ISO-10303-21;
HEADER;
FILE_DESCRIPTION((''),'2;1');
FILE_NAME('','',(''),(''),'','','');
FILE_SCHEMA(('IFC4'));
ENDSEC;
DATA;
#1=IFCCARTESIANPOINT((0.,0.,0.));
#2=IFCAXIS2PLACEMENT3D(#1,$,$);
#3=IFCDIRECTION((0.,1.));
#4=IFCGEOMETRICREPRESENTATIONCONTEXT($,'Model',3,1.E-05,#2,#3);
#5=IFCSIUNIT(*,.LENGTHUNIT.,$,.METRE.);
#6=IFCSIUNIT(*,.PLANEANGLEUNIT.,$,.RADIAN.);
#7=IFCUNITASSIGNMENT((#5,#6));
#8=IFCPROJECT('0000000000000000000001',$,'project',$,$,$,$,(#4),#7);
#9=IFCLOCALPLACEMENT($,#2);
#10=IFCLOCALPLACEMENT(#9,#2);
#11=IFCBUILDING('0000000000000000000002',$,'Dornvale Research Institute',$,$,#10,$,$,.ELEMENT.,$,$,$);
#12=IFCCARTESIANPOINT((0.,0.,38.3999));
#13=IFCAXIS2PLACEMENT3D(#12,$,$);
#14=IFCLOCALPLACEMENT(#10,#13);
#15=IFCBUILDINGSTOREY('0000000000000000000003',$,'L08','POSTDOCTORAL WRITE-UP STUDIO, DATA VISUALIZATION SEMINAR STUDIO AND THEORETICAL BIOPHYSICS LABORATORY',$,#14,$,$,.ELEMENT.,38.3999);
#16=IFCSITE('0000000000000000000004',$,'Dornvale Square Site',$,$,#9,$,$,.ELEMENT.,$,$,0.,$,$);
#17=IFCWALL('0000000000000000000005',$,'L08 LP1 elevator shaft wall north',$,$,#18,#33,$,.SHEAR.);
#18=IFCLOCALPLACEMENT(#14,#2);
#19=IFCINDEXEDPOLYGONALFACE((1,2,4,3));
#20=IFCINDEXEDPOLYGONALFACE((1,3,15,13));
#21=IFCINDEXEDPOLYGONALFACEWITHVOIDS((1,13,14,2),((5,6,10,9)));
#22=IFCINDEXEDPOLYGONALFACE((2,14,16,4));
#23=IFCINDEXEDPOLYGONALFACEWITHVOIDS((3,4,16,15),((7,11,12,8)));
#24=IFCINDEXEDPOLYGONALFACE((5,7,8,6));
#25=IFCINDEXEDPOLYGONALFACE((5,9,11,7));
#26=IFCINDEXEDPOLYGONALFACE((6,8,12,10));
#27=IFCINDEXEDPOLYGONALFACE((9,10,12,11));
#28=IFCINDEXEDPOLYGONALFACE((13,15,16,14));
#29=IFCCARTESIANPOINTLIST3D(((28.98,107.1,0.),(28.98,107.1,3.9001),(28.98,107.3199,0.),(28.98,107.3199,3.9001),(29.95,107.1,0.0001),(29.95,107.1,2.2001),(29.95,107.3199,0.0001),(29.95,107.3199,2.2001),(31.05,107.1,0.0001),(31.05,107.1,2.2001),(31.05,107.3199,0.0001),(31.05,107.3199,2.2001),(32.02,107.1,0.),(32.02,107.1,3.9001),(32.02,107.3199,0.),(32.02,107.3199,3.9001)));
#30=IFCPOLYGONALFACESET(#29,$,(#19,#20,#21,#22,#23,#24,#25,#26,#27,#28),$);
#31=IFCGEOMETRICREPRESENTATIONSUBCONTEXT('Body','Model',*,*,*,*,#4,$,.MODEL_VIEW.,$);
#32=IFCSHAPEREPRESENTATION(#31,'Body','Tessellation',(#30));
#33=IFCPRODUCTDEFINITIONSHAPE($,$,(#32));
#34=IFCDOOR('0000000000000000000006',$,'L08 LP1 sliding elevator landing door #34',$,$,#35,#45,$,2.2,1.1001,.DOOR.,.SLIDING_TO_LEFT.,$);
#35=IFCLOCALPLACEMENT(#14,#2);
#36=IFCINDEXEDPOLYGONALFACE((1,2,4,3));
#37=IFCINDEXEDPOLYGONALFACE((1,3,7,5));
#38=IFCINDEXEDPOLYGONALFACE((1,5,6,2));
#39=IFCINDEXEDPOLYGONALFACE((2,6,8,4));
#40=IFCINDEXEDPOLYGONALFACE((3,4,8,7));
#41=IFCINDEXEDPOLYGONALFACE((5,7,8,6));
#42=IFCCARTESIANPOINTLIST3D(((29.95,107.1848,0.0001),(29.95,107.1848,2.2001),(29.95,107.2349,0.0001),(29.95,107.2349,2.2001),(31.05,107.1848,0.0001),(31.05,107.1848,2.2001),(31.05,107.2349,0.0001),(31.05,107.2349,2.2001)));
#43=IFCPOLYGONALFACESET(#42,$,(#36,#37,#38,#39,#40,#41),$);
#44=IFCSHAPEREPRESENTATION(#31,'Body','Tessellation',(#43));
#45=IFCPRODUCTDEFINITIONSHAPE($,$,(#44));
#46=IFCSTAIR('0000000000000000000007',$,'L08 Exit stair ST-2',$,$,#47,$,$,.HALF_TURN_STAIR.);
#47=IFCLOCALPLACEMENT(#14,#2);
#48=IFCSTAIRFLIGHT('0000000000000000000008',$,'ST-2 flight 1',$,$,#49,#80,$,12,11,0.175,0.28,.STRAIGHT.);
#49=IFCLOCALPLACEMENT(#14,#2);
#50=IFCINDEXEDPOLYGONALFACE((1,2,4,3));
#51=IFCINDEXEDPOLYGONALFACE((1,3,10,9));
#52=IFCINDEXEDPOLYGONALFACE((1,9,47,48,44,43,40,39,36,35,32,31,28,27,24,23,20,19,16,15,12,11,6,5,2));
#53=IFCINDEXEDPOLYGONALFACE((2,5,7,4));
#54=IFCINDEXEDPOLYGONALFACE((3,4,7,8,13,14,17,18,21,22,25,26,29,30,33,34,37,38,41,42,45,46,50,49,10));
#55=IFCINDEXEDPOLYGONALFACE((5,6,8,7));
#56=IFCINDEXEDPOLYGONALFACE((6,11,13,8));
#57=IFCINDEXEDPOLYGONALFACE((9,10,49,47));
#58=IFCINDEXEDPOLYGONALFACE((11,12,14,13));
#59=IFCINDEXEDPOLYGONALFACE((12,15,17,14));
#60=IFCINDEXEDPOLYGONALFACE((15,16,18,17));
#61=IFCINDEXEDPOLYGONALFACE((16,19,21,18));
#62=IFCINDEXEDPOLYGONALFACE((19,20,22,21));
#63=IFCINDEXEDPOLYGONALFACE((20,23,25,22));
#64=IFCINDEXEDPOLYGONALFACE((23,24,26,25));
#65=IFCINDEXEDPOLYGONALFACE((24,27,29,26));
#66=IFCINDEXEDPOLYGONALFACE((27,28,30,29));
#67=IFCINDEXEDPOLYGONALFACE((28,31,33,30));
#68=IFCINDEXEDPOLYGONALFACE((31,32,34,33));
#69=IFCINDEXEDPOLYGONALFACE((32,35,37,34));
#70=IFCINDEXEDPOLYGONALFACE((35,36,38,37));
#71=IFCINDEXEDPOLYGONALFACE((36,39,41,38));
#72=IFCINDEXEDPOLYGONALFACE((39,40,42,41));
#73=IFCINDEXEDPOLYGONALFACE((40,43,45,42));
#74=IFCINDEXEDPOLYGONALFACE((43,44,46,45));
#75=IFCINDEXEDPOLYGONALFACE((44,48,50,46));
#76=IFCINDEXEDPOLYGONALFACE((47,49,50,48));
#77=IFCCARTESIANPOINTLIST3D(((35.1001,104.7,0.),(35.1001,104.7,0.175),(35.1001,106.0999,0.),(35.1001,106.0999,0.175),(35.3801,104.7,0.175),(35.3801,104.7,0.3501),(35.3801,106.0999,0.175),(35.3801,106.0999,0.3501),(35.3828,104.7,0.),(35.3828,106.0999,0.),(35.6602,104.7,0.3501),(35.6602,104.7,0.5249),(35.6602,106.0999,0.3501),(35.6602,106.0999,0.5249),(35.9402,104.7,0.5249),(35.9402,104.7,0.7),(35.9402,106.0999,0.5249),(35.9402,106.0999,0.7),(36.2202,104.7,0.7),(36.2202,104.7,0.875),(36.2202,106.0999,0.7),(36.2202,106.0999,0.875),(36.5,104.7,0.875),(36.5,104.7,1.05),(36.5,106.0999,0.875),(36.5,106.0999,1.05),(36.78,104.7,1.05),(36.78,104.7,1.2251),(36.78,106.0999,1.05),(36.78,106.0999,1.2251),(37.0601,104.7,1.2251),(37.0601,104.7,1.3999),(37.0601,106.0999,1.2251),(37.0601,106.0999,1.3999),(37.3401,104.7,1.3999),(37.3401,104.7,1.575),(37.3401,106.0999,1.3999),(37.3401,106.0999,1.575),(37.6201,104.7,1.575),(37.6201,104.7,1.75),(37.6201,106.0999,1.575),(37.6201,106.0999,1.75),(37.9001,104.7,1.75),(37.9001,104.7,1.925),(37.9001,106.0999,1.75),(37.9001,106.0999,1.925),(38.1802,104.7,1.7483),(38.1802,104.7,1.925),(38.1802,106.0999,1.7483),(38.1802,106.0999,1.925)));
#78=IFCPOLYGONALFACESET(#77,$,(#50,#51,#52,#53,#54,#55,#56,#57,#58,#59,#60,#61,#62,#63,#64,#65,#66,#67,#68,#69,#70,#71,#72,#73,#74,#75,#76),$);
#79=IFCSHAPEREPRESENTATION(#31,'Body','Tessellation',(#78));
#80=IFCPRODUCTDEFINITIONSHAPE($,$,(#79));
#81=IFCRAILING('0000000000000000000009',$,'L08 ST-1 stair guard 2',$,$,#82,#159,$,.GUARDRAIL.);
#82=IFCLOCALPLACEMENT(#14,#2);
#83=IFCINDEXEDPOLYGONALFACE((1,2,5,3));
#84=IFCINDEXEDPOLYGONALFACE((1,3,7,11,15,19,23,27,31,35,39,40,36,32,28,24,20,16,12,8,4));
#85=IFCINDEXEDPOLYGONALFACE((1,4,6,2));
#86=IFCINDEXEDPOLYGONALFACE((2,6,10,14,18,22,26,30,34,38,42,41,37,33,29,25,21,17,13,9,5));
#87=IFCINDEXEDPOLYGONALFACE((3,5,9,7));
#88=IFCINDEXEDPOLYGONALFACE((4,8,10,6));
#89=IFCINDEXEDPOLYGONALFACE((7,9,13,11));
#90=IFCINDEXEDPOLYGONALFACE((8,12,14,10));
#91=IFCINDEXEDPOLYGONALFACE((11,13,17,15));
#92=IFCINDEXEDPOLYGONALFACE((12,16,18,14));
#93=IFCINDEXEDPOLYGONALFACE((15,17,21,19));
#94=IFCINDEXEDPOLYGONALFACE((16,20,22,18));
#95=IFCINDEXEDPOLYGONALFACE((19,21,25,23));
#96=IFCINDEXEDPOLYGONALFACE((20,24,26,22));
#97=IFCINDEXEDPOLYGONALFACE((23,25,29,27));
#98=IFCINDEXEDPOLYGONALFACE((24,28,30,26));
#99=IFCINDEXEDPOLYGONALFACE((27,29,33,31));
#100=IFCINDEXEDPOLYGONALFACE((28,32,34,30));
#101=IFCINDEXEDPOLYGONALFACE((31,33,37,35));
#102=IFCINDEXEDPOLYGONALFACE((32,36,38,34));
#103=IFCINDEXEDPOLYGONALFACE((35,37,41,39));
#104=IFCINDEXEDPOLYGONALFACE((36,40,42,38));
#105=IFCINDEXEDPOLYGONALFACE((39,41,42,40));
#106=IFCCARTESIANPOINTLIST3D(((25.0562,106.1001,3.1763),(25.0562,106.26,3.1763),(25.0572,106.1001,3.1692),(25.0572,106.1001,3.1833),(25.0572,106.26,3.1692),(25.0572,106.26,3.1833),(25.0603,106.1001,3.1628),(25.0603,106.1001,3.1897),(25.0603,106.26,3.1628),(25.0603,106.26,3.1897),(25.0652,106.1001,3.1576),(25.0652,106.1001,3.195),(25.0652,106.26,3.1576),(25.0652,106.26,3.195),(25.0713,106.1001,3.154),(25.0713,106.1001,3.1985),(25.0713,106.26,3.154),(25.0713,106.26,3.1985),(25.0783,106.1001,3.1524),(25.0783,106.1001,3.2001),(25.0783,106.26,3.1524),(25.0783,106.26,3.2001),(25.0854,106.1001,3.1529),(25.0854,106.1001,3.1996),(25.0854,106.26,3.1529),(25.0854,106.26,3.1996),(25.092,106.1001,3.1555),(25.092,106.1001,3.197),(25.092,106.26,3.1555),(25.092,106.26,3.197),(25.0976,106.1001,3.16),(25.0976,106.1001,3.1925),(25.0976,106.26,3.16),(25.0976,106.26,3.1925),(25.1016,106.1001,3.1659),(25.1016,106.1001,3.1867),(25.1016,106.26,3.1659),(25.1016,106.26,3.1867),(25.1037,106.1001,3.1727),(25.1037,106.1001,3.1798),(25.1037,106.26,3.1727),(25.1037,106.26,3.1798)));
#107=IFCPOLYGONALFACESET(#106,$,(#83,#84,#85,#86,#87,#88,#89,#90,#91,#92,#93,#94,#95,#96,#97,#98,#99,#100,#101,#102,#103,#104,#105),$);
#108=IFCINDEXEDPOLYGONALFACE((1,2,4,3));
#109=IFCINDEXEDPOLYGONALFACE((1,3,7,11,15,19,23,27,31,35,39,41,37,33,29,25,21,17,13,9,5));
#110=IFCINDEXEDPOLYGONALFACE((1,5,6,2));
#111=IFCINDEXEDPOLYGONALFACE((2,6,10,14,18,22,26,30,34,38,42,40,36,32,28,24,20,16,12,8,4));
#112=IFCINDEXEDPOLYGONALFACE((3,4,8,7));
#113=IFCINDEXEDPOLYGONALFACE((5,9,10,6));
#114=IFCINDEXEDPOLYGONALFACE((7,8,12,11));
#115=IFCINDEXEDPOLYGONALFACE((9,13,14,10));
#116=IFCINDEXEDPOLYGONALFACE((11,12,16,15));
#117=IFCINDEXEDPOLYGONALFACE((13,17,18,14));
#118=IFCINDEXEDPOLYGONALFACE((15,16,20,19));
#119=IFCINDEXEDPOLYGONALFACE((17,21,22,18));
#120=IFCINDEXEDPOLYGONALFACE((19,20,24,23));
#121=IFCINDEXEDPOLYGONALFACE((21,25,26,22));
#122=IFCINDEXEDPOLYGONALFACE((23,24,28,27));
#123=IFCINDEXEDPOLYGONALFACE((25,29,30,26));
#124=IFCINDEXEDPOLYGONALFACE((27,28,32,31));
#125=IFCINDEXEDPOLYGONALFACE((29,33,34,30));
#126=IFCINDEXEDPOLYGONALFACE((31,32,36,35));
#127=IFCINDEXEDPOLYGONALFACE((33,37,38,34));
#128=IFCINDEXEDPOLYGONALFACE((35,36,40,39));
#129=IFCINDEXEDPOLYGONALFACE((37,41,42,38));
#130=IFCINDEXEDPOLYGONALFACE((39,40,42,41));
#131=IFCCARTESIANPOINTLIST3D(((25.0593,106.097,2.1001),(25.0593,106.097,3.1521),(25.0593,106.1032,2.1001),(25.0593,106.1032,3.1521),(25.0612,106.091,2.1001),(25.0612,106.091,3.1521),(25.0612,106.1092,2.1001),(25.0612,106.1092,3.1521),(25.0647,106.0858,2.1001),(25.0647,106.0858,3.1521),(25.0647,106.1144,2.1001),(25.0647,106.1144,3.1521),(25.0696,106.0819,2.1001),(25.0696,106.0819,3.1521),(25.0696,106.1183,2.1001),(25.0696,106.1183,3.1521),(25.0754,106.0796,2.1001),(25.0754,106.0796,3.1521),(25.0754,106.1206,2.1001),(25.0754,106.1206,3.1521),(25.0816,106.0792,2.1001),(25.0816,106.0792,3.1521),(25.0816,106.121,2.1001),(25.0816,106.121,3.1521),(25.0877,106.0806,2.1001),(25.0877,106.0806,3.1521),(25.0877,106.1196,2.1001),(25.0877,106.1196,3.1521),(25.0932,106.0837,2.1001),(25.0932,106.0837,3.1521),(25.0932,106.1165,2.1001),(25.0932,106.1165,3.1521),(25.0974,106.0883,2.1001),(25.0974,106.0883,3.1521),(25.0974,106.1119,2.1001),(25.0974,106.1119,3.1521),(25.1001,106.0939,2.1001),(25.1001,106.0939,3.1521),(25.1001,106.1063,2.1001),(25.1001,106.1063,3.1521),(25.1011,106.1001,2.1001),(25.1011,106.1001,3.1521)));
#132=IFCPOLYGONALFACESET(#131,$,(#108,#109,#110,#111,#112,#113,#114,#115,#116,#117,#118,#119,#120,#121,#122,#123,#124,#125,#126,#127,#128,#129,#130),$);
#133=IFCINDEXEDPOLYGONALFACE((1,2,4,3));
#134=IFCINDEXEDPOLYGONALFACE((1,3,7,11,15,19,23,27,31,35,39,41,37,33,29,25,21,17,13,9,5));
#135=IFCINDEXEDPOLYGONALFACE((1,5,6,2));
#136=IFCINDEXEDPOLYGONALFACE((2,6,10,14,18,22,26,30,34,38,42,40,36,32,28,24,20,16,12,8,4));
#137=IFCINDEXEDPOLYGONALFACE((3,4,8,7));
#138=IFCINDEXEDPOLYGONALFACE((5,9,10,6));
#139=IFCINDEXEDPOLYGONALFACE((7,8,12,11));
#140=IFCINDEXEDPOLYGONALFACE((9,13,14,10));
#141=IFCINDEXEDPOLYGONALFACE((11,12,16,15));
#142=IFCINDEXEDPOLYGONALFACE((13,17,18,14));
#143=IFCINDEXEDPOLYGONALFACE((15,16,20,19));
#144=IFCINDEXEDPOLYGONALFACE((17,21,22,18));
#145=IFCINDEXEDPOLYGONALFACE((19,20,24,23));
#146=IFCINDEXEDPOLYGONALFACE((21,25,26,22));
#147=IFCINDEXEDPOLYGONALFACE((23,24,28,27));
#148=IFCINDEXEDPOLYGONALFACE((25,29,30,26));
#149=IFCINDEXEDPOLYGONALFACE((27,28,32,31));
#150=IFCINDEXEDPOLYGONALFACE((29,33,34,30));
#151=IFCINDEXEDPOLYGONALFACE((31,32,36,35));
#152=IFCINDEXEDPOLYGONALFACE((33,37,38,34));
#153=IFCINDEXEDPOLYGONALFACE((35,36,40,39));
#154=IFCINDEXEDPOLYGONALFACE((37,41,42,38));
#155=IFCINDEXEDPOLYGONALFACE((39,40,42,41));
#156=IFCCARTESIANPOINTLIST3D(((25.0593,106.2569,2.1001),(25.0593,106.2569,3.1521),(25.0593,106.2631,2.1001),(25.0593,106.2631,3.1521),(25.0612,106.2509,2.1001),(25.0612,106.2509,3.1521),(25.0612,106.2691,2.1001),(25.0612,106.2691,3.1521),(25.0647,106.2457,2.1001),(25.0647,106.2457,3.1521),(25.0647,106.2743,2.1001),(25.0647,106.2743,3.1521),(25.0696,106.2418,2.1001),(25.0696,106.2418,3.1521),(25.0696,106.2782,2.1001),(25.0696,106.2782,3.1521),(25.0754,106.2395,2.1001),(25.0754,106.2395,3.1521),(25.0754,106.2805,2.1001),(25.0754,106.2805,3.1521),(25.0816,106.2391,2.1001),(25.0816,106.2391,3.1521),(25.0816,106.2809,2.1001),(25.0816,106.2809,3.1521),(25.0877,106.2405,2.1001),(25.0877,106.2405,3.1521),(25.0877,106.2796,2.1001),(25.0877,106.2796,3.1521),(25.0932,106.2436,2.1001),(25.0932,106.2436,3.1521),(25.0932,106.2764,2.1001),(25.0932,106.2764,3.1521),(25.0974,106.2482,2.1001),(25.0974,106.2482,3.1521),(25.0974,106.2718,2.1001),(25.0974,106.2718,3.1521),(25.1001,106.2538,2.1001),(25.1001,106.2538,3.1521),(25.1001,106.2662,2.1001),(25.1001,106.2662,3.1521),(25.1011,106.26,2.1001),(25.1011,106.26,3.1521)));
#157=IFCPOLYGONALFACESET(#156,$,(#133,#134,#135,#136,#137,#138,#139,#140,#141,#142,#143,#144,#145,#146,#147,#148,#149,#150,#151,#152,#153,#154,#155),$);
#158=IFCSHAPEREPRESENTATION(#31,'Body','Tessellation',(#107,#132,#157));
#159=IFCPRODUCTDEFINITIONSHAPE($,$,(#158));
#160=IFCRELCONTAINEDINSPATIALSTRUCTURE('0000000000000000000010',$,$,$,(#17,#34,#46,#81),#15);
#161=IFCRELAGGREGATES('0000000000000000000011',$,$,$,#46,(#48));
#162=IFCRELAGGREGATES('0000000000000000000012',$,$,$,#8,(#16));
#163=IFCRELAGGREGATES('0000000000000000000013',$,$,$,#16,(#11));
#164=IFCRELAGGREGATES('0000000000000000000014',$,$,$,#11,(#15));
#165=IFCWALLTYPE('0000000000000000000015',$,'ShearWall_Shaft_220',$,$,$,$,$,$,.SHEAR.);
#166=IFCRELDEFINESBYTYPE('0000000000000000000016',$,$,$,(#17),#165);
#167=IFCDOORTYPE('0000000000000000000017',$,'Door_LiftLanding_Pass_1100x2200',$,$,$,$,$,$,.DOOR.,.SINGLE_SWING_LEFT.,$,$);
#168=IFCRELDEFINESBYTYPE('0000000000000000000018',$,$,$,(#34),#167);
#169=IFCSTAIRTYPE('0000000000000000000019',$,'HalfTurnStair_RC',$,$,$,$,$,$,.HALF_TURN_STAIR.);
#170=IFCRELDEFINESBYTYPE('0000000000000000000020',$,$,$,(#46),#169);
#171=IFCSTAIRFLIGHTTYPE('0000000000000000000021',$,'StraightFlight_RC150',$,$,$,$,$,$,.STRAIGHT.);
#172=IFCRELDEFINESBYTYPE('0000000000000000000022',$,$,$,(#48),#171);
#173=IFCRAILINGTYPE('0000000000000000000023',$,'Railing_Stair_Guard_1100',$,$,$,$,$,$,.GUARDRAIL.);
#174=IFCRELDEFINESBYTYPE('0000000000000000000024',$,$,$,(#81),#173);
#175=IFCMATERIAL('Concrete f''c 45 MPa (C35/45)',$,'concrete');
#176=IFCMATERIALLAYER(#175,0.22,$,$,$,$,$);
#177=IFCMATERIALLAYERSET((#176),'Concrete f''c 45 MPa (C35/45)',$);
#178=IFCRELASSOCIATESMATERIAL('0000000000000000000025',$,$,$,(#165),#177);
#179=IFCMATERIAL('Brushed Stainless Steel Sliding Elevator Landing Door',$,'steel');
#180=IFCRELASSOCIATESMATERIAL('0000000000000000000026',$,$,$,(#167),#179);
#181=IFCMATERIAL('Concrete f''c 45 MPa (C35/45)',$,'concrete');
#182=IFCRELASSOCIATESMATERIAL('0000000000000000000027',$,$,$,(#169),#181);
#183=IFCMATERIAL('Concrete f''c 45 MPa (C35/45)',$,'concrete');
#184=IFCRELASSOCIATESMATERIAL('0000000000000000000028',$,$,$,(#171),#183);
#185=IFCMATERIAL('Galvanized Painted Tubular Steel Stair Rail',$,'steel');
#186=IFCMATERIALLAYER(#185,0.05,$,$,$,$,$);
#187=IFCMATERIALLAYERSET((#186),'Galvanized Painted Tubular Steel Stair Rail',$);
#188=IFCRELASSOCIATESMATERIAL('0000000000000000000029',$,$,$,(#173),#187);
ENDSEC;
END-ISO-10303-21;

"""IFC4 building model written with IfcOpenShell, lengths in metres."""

from ifc_helpers import new_model, si_unit, direction, frame, frame_2d, origin, origin_2d, place, context, subcontext, project, spatial, polyline, rectangle, circle, outline, extrude, material, layer, layer_set, type_object, element, fill, aggregate, save


model = new_model("IFC4")

# Units and contexts
model_context = context("Model", 3, precision=1e-05, world=origin(), true_north=direction((0.0, 1.0)))
body_context = subcontext(model_context, "Body", "Model", "MODEL_VIEW")
ifc_project = project(units=[si_unit("LENGTHUNIT", "METRE"), si_unit("PLANEANGLEUNIT", "RADIAN")], contexts=[model_context])

# Site, building, storey
site_placement = place(None, origin())
site = spatial("IfcSite", under=ifc_project, at=site_placement, Name="Dornvale Square Site", CompositionType="ELEMENT", RefElevation=0.0)
building_placement = place(site_placement, origin())
building = spatial("IfcBuilding", under=site, at=building_placement, Name="Dornvale Research Institute", CompositionType="ELEMENT")
storey_placement = place(building_placement, frame((0.0, 0.0, 38.3999)))
storey = spatial("IfcBuildingStorey", under=building, at=storey_placement, Name="L08", Description="POSTDOCTORAL WRITE-UP STUDIO, DATA VISUALIZATION SEMINAR STUDIO AND THEORETICAL BIOPHYSICS LABORATORY", CompositionType="ELEMENT", Elevation=38.3999)

# Wall, opening, door
ifc_material_1 = material(Name="Concrete f'c 45 MPa (C35/45)", Category="concrete")
ifc_layer_1 = layer(ifc_material_1, 0.22)
ifc_layer_set_1 = layer_set([ifc_layer_1], Name="Concrete f'c 45 MPa (C35/45)")
wall_type_1 = type_object("IfcWallType", Name="ShearWall_Shaft_220", PredefinedType="SHEAR", material=ifc_layer_set_1)
wall_1_placement = place(storey_placement, frame((28.98, 107.21, 0.0), z_axis=(0.0, 0.0, 1.0), x_axis=(1.0, 0.0, 0.0)))
wall_1 = element("IfcWall", 1, at=wall_1_placement, inside=storey, type_object=wall_type_1, Name="L08 LP1 elevator shaft wall north", PredefinedType="SHEAR", context=body_context, shape_type="SweptSolid", body=[
    extrude(rectangle(XDim=3.04, YDim=0.22, at=frame_2d((1.52, 0.0))), origin(), (0.0, 0.0, 1.0), 3.9001),
])
opening_1_placement = place(wall_1_placement, frame((0.97, 0.0, 0.0)))
opening_1 = element("IfcOpeningElement", 2, at=opening_1_placement, cuts=wall_1, PredefinedType="OPENING", context=body_context, shape_type="SweptSolid", body=[
    extrude(rectangle(XDim=1.1001, YDim=2.2, at=frame_2d((0.55, 1.1001))), frame((0.0, 0.125, 0.0), z_axis=(0.0, -1.0, 0.0), x_axis=(1.0, 0.0, 0.0)), (0.0, 0.0, 1.0), 0.25),
])
ifc_material_2 = material(Name="Brushed Stainless Steel Sliding Elevator Landing Door", Category="steel")
door_type_1 = type_object("IfcDoorType", Name="Door_LiftLanding_Pass_1100x2200", OperationType="SINGLE_SWING_LEFT", PredefinedType="DOOR", material=ifc_material_2)
door_1_placement = place(opening_1_placement, origin())
door_1 = element("IfcDoor", 3, at=door_1_placement, inside=storey, type_object=door_type_1, Name="L08 LP1 sliding elevator landing door #34", OperationType="SLIDING_TO_LEFT", OverallHeight=2.2, OverallWidth=1.1001, PredefinedType="DOOR", context=body_context, shape_type="SweptSolid", body=[
    extrude(rectangle(XDim=1.1001, YDim=2.2, at=frame_2d((0.55, 1.1001))), frame((0.0, 0.0249, 0.0), z_axis=(0.0, -1.0, 0.0), x_axis=(1.0, 0.0, 0.0)), (0.0, 0.0, 1.0), 0.05),
])
fill(opening_1, door_1)

# Stair, stair flight
ifc_material_3 = material(Name="Concrete f'c 45 MPa (C35/45)", Category="concrete")
stair_type = type_object("IfcStairType", Name="HalfTurnStair_RC", PredefinedType="HALF_TURN_STAIR", material=ifc_material_3)
stair_placement = place(storey_placement, origin())
stair = element("IfcStair", 4, at=stair_placement, inside=storey, type_object=stair_type, Name="L08 Exit stair ST-2", PredefinedType="HALF_TURN_STAIR")
ifc_material_4 = material(Name="Concrete f'c 45 MPa (C35/45)", Category="concrete")
stair_flight_type = type_object("IfcStairFlightType", Name="StraightFlight_RC150", PredefinedType="STRAIGHT", material=ifc_material_4)
stair_flight_placement = place(storey_placement, frame((35.1001, 105.3999, 0.0), z_axis=(0.0, 0.0, 1.0), x_axis=(1.0, 0.0, 0.0)))
stair_flight = element("IfcStairFlight", 5, at=stair_flight_placement, type_object=stair_flight_type, Name="ST-2 flight 1", NumberOfRisers=12, NumberOfTreads=11, PredefinedType="STRAIGHT", RiserHeight=0.175, TreadLength=0.28, context=body_context, shape_type="SweptSolid", body=[
    extrude(outline(polyline([(0.0, 0.0), (0.0, 0.175), (0.28, 0.175), (0.28, 0.3501), (0.5601, 0.3501), (0.5601, 0.5249), (0.8401, 0.5249), (0.8401, 0.7), (1.1201, 0.7), (1.1201, 0.875), (1.3999, 0.875), (1.3999, 1.05), (1.6799, 1.05), (1.6799, 1.2251), (1.96, 1.2251), (1.96, 1.3999), (2.24, 1.3999), (2.24, 1.575), (2.52, 1.575), (2.52, 1.75), (2.8, 1.75), (2.8, 1.925), (3.0801, 1.925), (3.0801, 2.1001), (3.0801, 1.7483), (0.2827, 0.0), (0.0, 0.0)])), frame((0.0, 0.7, 0.0), z_axis=(0.0, -1.0, 0.0), x_axis=(1.0, 0.0, 0.0)), (0.0, 0.0, 1.0), 1.3999),
])
aggregate(stair, [stair_flight])

# Railing
ifc_material_5 = material(Name="Galvanized Painted Tubular Steel Stair Rail", Category="steel")
ifc_layer_2 = layer(ifc_material_5, 0.05)
ifc_layer_set_2 = layer_set([ifc_layer_2], Name="Galvanized Painted Tubular Steel Stair Rail")
railing_type = type_object("IfcRailingType", Name="Railing_Stair_Guard_1100", PredefinedType="GUARDRAIL", material=ifc_layer_set_2)
railing_1_placement = place(storey_placement, frame((25.0801, 106.1001, 2.1001)))
element("IfcRailing", 6, at=railing_1_placement, inside=storey, type_object=railing_type, Name="L08 ST-1 stair guard 2", PredefinedType="GUARDRAIL", context=body_context, shape_type="SweptSolid", body=[
    extrude(circle(Radius=0.0239, at=origin_2d()), frame((0.0, 0.0, 1.0762), z_axis=(0.0, 1.0, 0.0), x_axis=(-1.0, 0.0, 0.0)), (0.0, 0.0, 1.0), 0.1599),
    extrude(circle(Radius=0.021, at=origin_2d()), origin(), (0.0, 0.0, 1.0), 1.052),
    extrude(circle(Radius=0.021, at=origin_2d()), frame((0.0, 0.1599, 0.0)), (0.0, 0.0, 1.0), 1.052),
])

save(model, "model.ifc")
